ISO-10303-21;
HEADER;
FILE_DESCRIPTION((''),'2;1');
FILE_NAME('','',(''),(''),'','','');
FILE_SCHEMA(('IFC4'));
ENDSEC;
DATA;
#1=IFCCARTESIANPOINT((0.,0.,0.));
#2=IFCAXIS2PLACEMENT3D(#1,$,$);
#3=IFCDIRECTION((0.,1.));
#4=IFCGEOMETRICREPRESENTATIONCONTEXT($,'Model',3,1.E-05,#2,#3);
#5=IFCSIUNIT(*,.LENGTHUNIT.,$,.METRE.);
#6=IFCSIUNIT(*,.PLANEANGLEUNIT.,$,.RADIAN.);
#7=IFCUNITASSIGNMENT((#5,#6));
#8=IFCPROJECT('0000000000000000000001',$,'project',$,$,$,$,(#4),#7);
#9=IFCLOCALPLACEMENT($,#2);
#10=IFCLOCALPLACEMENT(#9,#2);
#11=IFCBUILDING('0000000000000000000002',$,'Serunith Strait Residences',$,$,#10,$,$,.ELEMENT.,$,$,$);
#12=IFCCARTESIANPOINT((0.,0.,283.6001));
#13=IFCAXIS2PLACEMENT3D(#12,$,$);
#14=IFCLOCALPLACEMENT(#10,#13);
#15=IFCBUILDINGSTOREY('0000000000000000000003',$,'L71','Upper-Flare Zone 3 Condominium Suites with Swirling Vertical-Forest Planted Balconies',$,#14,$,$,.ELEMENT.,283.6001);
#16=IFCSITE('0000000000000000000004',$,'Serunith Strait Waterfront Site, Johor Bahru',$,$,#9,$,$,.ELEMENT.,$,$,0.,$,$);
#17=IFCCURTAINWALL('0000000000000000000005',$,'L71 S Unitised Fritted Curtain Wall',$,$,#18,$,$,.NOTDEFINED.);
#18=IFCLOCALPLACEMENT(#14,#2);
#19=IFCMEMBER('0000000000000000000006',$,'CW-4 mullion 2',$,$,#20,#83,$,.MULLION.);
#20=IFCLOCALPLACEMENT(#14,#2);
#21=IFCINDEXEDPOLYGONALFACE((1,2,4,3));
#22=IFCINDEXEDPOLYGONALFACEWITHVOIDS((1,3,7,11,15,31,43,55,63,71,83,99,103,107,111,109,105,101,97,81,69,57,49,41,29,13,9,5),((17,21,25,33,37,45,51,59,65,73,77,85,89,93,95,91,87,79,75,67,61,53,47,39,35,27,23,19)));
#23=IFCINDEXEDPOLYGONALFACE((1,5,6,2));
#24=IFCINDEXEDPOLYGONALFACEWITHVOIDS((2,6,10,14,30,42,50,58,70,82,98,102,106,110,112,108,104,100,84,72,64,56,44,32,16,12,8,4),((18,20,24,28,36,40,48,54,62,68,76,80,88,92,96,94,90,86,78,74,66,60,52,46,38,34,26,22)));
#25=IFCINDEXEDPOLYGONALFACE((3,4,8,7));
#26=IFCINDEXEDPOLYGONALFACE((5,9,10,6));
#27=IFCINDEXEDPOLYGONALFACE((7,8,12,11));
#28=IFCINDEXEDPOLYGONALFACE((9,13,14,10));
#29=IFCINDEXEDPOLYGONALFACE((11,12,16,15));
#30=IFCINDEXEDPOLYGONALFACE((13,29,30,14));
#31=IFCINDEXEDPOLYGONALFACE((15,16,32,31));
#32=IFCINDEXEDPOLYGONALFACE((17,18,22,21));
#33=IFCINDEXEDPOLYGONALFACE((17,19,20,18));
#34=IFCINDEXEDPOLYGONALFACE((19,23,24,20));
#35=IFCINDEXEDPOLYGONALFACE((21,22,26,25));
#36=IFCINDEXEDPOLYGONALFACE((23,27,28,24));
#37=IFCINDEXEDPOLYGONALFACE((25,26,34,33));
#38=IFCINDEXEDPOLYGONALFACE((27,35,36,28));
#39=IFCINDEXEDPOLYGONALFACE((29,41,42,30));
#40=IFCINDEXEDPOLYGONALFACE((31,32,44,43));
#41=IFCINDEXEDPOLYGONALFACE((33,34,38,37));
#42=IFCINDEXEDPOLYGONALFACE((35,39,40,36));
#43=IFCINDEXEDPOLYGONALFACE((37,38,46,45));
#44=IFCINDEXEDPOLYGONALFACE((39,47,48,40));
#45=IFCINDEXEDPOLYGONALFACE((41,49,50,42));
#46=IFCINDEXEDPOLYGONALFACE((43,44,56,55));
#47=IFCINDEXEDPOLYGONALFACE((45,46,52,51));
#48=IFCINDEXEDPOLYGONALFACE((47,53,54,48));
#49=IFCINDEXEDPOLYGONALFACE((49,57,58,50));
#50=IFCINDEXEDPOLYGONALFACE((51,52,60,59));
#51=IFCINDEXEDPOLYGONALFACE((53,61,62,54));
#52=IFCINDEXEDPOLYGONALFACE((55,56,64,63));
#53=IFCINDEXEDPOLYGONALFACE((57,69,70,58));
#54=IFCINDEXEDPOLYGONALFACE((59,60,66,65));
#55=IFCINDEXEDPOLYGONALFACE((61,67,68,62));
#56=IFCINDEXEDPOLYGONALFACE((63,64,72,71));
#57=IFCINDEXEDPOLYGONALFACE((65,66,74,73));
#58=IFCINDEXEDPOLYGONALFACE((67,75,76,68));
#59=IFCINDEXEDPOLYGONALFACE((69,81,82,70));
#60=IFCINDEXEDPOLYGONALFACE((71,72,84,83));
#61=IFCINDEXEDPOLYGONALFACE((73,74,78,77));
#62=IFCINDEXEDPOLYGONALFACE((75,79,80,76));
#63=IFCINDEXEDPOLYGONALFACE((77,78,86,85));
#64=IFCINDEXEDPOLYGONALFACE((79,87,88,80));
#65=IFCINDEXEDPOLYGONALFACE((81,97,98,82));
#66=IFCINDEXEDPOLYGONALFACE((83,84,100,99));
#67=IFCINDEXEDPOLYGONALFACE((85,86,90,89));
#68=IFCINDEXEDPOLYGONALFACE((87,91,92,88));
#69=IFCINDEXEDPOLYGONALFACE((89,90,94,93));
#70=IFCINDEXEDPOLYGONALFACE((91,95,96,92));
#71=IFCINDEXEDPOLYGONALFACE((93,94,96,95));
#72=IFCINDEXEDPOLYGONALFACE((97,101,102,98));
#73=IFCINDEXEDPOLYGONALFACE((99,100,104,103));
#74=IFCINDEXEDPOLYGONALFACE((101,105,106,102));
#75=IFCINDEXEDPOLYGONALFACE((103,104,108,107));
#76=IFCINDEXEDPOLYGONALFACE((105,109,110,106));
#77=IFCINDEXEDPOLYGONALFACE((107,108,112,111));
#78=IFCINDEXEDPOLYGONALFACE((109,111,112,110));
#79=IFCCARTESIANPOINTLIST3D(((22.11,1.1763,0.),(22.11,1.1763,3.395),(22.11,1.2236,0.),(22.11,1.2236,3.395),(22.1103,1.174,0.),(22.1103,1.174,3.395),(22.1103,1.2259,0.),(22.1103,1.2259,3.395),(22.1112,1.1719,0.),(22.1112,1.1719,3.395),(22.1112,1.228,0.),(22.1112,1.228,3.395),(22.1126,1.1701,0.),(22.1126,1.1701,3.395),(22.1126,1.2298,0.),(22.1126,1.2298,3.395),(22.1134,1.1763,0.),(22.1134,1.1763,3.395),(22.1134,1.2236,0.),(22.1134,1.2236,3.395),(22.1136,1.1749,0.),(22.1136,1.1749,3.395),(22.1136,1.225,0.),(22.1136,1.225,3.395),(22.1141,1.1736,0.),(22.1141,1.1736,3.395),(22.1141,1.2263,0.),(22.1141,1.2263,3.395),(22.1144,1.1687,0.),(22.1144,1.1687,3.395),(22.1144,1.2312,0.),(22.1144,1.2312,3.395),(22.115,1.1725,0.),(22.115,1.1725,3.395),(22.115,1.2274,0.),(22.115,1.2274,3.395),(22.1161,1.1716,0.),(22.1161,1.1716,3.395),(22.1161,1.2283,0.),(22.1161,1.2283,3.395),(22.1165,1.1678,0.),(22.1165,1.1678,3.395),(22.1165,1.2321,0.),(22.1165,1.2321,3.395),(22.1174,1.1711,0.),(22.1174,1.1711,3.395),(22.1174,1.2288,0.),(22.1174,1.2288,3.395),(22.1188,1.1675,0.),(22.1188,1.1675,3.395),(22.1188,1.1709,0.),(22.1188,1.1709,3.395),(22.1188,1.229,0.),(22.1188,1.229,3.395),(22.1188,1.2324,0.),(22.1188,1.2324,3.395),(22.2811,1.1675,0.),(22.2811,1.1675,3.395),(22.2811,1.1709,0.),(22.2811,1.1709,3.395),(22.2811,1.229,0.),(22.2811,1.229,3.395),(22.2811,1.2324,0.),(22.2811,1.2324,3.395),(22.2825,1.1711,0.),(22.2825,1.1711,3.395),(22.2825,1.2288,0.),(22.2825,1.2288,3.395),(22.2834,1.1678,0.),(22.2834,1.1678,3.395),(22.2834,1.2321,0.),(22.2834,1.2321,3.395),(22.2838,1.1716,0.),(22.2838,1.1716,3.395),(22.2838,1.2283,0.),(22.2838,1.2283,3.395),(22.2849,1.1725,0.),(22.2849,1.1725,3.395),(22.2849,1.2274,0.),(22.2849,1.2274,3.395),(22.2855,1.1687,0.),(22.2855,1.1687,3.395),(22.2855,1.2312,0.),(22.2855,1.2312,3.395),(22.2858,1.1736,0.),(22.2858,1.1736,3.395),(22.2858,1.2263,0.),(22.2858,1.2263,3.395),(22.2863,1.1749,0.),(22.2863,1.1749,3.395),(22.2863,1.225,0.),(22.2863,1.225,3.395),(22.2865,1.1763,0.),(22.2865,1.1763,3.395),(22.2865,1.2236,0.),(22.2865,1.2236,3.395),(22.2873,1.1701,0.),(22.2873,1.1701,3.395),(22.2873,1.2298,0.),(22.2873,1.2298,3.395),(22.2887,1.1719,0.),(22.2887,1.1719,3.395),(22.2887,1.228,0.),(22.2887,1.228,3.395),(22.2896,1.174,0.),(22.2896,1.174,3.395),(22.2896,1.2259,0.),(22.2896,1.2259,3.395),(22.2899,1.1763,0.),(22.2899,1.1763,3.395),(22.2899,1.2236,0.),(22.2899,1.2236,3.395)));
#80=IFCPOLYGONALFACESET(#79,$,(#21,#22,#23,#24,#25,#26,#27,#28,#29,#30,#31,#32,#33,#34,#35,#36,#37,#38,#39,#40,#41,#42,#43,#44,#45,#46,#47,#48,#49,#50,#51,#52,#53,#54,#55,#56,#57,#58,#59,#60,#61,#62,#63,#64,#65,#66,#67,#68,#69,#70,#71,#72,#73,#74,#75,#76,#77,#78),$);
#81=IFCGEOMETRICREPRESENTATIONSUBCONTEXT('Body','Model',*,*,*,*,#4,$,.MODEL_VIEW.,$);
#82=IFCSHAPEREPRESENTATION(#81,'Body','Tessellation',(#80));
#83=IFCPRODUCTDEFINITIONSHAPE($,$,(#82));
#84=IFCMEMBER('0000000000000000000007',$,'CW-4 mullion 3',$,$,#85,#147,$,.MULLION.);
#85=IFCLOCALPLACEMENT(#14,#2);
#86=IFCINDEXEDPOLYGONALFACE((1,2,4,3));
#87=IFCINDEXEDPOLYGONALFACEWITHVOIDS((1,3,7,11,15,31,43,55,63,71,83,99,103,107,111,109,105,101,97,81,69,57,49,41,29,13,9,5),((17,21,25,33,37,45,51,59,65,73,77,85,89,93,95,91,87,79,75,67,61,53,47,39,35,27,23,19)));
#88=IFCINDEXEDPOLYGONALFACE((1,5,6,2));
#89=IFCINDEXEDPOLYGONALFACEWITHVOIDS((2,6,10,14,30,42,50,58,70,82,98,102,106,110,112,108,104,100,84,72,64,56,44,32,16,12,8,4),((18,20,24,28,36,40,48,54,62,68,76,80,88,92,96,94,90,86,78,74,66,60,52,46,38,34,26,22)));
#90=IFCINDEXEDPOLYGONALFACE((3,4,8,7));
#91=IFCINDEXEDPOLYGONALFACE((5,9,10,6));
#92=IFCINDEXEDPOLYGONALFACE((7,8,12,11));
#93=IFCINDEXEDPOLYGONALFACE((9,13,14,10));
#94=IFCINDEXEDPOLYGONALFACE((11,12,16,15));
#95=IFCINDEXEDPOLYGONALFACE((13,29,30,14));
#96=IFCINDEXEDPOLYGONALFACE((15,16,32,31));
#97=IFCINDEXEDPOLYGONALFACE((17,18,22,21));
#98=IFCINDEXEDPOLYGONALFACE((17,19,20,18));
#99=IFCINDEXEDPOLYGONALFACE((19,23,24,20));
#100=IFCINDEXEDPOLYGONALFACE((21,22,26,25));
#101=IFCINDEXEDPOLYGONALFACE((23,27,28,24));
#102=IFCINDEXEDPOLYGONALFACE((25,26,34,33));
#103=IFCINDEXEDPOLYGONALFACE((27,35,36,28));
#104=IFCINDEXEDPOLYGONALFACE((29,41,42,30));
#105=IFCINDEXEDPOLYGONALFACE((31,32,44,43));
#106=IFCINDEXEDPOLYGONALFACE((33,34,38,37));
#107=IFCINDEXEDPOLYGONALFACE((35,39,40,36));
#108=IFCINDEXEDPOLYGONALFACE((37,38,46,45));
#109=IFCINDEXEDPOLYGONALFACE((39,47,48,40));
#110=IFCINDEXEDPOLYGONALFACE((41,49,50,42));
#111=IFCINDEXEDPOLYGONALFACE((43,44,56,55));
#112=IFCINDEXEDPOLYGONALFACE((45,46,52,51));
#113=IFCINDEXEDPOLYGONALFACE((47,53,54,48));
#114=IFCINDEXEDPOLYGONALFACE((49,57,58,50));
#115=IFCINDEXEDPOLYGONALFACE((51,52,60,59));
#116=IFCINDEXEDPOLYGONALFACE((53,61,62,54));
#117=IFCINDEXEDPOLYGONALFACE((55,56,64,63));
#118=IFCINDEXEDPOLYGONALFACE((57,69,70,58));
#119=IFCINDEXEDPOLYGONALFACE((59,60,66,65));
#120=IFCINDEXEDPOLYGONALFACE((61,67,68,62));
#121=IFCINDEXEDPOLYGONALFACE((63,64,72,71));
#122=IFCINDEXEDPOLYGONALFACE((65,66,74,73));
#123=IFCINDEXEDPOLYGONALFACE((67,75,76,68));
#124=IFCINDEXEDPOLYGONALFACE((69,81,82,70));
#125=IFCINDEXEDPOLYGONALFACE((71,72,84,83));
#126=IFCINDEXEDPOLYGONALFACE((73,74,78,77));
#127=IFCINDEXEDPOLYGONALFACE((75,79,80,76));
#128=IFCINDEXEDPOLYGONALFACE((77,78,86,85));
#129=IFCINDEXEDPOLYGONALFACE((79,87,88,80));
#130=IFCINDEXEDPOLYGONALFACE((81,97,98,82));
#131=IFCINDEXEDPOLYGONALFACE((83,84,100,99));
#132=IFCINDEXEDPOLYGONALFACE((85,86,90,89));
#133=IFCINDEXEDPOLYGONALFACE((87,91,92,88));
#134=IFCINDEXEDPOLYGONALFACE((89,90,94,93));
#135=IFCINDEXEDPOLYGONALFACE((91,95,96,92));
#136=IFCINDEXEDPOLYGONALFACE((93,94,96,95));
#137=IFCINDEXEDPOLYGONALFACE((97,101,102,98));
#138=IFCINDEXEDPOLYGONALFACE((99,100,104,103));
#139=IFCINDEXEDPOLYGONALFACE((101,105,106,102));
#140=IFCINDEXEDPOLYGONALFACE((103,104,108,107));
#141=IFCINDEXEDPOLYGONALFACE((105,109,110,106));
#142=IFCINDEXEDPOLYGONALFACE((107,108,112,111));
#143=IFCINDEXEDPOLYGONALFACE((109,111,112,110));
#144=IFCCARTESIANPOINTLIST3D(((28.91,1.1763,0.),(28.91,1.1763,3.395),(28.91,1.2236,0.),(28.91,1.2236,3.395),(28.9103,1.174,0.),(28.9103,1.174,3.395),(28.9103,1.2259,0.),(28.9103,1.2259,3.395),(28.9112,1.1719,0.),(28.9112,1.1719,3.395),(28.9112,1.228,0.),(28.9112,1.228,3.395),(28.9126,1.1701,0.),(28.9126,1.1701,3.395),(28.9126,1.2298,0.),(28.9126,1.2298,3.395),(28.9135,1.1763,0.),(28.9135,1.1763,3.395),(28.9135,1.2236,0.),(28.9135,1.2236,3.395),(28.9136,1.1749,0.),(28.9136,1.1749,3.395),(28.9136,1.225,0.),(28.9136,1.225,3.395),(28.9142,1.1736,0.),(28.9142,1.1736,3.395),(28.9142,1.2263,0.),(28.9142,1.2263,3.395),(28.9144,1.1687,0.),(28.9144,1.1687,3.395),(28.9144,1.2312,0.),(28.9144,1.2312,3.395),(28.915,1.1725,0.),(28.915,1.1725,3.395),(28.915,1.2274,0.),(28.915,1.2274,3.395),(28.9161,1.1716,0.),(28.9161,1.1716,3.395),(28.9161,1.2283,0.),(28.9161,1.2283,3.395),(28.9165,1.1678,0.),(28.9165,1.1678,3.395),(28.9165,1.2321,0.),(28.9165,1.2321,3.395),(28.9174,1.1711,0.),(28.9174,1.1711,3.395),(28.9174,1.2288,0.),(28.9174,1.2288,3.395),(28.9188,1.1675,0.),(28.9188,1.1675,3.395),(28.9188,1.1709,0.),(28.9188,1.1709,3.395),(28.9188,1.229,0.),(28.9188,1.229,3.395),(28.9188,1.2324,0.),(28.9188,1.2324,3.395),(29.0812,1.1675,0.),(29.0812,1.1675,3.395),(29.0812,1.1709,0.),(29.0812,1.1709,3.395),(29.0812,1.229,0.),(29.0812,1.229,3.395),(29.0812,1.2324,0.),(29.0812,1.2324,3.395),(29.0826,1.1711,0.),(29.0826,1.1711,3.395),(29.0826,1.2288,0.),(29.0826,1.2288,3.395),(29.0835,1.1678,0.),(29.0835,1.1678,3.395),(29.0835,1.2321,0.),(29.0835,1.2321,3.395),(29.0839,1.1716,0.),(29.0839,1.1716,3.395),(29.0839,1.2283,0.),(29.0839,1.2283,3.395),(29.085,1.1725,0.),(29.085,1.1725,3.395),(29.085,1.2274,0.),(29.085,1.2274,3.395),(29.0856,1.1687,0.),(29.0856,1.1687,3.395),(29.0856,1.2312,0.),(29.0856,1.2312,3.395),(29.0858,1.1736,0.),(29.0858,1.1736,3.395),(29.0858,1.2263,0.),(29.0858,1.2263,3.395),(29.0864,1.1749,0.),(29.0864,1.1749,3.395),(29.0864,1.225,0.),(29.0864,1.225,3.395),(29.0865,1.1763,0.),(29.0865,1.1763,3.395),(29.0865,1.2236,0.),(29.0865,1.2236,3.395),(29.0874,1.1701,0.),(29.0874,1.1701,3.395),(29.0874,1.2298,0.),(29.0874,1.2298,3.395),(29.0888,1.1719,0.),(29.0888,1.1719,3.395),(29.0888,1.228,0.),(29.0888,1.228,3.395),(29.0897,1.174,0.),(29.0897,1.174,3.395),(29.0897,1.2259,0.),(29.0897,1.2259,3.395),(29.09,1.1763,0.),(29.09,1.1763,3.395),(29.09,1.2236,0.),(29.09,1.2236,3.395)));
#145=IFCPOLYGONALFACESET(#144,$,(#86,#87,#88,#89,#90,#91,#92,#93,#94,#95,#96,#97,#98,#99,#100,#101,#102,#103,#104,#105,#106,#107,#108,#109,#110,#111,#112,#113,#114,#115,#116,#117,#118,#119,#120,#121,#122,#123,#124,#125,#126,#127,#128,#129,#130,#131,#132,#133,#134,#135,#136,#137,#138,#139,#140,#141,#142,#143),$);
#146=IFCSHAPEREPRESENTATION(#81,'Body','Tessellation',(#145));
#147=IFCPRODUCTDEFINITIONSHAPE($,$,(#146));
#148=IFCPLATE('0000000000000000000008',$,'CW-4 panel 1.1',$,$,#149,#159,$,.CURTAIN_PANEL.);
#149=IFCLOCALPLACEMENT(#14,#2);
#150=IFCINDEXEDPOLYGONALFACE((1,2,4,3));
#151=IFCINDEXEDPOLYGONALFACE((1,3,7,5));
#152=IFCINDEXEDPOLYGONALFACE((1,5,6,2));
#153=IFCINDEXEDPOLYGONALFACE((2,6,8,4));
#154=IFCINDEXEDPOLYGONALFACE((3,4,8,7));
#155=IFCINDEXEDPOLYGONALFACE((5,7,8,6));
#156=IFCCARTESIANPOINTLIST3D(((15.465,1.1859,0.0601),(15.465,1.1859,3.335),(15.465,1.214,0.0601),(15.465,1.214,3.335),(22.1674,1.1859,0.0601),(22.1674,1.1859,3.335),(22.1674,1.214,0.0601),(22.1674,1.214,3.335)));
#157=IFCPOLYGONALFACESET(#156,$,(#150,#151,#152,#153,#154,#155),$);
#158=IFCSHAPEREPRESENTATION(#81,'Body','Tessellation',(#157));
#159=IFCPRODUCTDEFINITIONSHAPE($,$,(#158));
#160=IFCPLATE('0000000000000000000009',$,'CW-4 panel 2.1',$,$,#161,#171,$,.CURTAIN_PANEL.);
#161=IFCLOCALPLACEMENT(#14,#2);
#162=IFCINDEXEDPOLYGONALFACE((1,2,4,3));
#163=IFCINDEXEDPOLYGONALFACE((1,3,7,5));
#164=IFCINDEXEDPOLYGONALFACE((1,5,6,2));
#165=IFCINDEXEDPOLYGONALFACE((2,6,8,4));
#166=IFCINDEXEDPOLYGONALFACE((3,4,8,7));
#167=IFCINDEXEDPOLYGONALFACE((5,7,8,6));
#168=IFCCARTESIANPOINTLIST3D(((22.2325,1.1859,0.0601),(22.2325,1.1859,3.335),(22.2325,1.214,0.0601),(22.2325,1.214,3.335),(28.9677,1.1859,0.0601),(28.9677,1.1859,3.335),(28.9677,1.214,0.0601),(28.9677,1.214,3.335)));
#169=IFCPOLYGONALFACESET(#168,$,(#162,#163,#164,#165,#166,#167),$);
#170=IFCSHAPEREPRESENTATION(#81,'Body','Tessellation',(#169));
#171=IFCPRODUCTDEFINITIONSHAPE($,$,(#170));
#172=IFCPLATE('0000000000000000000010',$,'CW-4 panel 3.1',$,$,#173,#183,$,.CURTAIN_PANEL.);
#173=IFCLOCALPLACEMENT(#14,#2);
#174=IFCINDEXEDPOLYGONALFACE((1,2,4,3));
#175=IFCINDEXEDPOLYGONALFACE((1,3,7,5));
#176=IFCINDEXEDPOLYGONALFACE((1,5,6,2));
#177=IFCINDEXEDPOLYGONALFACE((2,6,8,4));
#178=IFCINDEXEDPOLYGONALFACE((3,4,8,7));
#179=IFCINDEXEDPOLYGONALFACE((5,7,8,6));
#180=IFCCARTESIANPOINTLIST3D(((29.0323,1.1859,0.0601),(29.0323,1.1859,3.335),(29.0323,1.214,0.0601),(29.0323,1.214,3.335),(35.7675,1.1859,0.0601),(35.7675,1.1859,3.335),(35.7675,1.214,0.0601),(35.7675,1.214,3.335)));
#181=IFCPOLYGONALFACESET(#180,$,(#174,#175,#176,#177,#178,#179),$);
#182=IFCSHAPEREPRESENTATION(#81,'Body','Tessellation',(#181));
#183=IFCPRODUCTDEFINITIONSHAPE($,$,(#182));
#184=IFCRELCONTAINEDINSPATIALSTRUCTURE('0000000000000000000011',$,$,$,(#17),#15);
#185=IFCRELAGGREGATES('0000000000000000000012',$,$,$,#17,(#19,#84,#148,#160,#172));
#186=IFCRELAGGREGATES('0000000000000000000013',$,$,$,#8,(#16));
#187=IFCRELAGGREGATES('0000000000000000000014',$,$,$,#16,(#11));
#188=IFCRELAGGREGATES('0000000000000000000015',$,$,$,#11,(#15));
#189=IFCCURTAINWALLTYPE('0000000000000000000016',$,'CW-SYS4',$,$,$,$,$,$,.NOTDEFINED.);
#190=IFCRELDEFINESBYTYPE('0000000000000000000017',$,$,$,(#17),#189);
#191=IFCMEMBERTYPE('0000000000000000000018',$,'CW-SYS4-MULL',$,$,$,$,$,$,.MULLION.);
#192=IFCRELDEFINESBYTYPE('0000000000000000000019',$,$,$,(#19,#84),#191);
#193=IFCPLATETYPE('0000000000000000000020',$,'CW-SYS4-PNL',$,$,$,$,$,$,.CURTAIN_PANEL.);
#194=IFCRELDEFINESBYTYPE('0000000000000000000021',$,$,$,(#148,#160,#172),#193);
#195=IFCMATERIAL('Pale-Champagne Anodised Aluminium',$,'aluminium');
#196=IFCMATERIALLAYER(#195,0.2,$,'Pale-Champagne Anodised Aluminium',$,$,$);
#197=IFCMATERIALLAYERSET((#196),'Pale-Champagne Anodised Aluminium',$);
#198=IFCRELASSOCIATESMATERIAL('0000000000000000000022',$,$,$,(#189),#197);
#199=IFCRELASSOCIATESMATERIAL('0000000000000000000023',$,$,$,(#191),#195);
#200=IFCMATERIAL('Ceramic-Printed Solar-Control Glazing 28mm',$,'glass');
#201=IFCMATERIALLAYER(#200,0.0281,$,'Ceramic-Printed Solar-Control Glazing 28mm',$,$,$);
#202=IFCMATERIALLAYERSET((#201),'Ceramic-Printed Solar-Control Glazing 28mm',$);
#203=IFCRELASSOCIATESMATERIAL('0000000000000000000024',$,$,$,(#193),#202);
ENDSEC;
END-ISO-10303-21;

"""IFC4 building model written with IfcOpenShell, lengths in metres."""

from ifc_helpers import new_model, si_unit, direction, frame, origin, origin_2d, place, context, subcontext, project, spatial, rectangle, hollow_rectangle, extrude, source, transform, mapped, material, layer, layer_set, material_profile, profile_set, type_object, element, aggregate, save


model = new_model("IFC4")

# Units and contexts
model_context = context("Model", 3, precision=1e-05, world=origin(), true_north=direction((0.0, 1.0)))
body_context = subcontext(model_context, "Body", "Model", "MODEL_VIEW")
ifc_project = project(units=[si_unit("LENGTHUNIT", "METRE"), si_unit("PLANEANGLEUNIT", "RADIAN")], contexts=[model_context])

# Site, building, storey
site_placement = place(None, origin())
site = spatial("IfcSite", under=ifc_project, at=site_placement, Name="Serunith Strait Waterfront Site, Johor Bahru", CompositionType="ELEMENT", RefElevation=0.0)
building_placement = place(site_placement, origin())
building = spatial("IfcBuilding", under=site, at=building_placement, Name="Serunith Strait Residences", CompositionType="ELEMENT")
storey_placement = place(building_placement, frame((0.0, 0.0, 283.6001)))
storey = spatial("IfcBuildingStorey", under=building, at=storey_placement, Name="L71", Description="Upper-Flare Zone 3 Condominium Suites with Swirling Vertical-Forest Planted Balconies", CompositionType="ELEMENT", Elevation=283.6001)

# Curtain wall, members, plates
ifc_material_1 = material(Name="Pale-Champagne Anodised Aluminium", Category="aluminium")
ifc_layer_1 = layer(ifc_material_1, 0.2, Name="Pale-Champagne Anodised Aluminium")
ifc_layer_set_1 = layer_set([ifc_layer_1], Name="Pale-Champagne Anodised Aluminium")
curtain_wall_type = type_object("IfcCurtainWallType", Name="CW-SYS4", PredefinedType="NOTDEFINED", material=ifc_layer_set_1)
curtain_wall_placement = place(storey_placement, origin())
curtain_wall = element("IfcCurtainWall", 1, at=curtain_wall_placement, inside=storey, type_object=curtain_wall_type, Name="L71 S Unitised Fritted Curtain Wall", PredefinedType="NOTDEFINED")
ifc_material_profile_1 = material_profile(ifc_material_1, hollow_rectangle(XDim=0.0649, YDim=0.1799, WallThickness=0.0034, InnerFilletRadius=0.0054, OuterFilletRadius=0.0088, at=origin_2d()), Name="ALU 180x65x3.5")
ifc_profile_set_1 = profile_set([ifc_material_profile_1], Name="Pale-Champagne Anodised Aluminium")
member_type_1 = type_object("IfcMemberType", Name="CW-SYS4-MULL", PredefinedType="MULLION", material=ifc_profile_set_1)
shared_shape_1 = source(origin(), body_context, "Body", "SweptSolid", [
    extrude(hollow_rectangle(XDim=0.0649, YDim=0.1799, WallThickness=0.0034, InnerFilletRadius=0.0054, OuterFilletRadius=0.0088, at=origin_2d()), origin(), (0.0, 0.0, 1.0), 3.395),
])
member_1_placement = place(storey_placement, frame((22.2, 1.2, 0.0), z_axis=(0.0, 0.0, 1.0), x_axis=(0.0, 1.0, 0.0)))
member_1 = element("IfcMember", 2, at=member_1_placement, type_object=member_type_1, Name="CW-4 mullion 2", PredefinedType="MULLION", context=body_context, shape_type="MappedRepresentation", body=[
    mapped(shared_shape_1, transform((0.0, 0.0, 0.0), scale=1.0)),
])
member_2_placement = place(storey_placement, frame((29.0, 1.2, 0.0), z_axis=(0.0, 0.0, 1.0), x_axis=(0.0, 1.0, 0.0)))
member_2 = element("IfcMember", 3, at=member_2_placement, type_object=member_type_1, Name="CW-4 mullion 3", PredefinedType="MULLION", context=body_context, shape_type="MappedRepresentation", body=[
    mapped(shared_shape_1, transform((0.0, 0.0, 0.0), scale=1.0)),
])
ifc_material_2 = material(Name="Ceramic-Printed Solar-Control Glazing 28mm", Category="glass")
ifc_layer_2 = layer(ifc_material_2, 0.0281, Name="Ceramic-Printed Solar-Control Glazing 28mm")
ifc_layer_set_2 = layer_set([ifc_layer_2], Name="Ceramic-Printed Solar-Control Glazing 28mm")
plate_type = type_object("IfcPlateType", Name="CW-SYS4-PNL", PredefinedType="CURTAIN_PANEL", material=ifc_layer_set_2)
shared_shape_2 = source(origin(), body_context, "Body", "SweptSolid", [
    extrude(rectangle(XDim=6.7024, YDim=0.0281, at=origin_2d()), origin(), (0.0, 0.0, 1.0), 3.2749),
])
plate_1_placement = place(storey_placement, frame((18.8162, 1.2, 0.0601), z_axis=(0.0, 0.0, 1.0), x_axis=(1.0, 0.0, 0.0)))
plate_1 = element("IfcPlate", 4, at=plate_1_placement, type_object=plate_type, Name="CW-4 panel 1.1", PredefinedType="CURTAIN_PANEL", context=body_context, shape_type="MappedRepresentation", body=[
    mapped(shared_shape_2, transform((0.0, 0.0, 0.0), scale=1.0)),
])
shared_shape_3 = source(origin(), body_context, "Body", "SweptSolid", [
    extrude(rectangle(XDim=6.7351, YDim=0.0281, at=origin_2d()), origin(), (0.0, 0.0, 1.0), 3.2749),
])
plate_2_placement = place(storey_placement, frame((25.6001, 1.2, 0.0601), z_axis=(0.0, 0.0, 1.0), x_axis=(1.0, 0.0, 0.0)))
plate_2 = element("IfcPlate", 5, at=plate_2_placement, type_object=plate_type, Name="CW-4 panel 2.1", PredefinedType="CURTAIN_PANEL", context=body_context, shape_type="MappedRepresentation", body=[
    mapped(shared_shape_3, transform((0.0, 0.0, 0.0), scale=1.0)),
])
plate_3_placement = place(storey_placement, frame((32.3999, 1.2, 0.0601), z_axis=(0.0, 0.0, 1.0), x_axis=(1.0, 0.0, 0.0)))
plate_3 = element("IfcPlate", 6, at=plate_3_placement, type_object=plate_type, Name="CW-4 panel 3.1", PredefinedType="CURTAIN_PANEL", context=body_context, shape_type="MappedRepresentation", body=[
    mapped(shared_shape_3, transform((0.0, 0.0, 0.0), scale=1.0)),
])
aggregate(curtain_wall, [member_1, member_2, plate_1, plate_2, plate_3])

save(model, "model.ifc")
